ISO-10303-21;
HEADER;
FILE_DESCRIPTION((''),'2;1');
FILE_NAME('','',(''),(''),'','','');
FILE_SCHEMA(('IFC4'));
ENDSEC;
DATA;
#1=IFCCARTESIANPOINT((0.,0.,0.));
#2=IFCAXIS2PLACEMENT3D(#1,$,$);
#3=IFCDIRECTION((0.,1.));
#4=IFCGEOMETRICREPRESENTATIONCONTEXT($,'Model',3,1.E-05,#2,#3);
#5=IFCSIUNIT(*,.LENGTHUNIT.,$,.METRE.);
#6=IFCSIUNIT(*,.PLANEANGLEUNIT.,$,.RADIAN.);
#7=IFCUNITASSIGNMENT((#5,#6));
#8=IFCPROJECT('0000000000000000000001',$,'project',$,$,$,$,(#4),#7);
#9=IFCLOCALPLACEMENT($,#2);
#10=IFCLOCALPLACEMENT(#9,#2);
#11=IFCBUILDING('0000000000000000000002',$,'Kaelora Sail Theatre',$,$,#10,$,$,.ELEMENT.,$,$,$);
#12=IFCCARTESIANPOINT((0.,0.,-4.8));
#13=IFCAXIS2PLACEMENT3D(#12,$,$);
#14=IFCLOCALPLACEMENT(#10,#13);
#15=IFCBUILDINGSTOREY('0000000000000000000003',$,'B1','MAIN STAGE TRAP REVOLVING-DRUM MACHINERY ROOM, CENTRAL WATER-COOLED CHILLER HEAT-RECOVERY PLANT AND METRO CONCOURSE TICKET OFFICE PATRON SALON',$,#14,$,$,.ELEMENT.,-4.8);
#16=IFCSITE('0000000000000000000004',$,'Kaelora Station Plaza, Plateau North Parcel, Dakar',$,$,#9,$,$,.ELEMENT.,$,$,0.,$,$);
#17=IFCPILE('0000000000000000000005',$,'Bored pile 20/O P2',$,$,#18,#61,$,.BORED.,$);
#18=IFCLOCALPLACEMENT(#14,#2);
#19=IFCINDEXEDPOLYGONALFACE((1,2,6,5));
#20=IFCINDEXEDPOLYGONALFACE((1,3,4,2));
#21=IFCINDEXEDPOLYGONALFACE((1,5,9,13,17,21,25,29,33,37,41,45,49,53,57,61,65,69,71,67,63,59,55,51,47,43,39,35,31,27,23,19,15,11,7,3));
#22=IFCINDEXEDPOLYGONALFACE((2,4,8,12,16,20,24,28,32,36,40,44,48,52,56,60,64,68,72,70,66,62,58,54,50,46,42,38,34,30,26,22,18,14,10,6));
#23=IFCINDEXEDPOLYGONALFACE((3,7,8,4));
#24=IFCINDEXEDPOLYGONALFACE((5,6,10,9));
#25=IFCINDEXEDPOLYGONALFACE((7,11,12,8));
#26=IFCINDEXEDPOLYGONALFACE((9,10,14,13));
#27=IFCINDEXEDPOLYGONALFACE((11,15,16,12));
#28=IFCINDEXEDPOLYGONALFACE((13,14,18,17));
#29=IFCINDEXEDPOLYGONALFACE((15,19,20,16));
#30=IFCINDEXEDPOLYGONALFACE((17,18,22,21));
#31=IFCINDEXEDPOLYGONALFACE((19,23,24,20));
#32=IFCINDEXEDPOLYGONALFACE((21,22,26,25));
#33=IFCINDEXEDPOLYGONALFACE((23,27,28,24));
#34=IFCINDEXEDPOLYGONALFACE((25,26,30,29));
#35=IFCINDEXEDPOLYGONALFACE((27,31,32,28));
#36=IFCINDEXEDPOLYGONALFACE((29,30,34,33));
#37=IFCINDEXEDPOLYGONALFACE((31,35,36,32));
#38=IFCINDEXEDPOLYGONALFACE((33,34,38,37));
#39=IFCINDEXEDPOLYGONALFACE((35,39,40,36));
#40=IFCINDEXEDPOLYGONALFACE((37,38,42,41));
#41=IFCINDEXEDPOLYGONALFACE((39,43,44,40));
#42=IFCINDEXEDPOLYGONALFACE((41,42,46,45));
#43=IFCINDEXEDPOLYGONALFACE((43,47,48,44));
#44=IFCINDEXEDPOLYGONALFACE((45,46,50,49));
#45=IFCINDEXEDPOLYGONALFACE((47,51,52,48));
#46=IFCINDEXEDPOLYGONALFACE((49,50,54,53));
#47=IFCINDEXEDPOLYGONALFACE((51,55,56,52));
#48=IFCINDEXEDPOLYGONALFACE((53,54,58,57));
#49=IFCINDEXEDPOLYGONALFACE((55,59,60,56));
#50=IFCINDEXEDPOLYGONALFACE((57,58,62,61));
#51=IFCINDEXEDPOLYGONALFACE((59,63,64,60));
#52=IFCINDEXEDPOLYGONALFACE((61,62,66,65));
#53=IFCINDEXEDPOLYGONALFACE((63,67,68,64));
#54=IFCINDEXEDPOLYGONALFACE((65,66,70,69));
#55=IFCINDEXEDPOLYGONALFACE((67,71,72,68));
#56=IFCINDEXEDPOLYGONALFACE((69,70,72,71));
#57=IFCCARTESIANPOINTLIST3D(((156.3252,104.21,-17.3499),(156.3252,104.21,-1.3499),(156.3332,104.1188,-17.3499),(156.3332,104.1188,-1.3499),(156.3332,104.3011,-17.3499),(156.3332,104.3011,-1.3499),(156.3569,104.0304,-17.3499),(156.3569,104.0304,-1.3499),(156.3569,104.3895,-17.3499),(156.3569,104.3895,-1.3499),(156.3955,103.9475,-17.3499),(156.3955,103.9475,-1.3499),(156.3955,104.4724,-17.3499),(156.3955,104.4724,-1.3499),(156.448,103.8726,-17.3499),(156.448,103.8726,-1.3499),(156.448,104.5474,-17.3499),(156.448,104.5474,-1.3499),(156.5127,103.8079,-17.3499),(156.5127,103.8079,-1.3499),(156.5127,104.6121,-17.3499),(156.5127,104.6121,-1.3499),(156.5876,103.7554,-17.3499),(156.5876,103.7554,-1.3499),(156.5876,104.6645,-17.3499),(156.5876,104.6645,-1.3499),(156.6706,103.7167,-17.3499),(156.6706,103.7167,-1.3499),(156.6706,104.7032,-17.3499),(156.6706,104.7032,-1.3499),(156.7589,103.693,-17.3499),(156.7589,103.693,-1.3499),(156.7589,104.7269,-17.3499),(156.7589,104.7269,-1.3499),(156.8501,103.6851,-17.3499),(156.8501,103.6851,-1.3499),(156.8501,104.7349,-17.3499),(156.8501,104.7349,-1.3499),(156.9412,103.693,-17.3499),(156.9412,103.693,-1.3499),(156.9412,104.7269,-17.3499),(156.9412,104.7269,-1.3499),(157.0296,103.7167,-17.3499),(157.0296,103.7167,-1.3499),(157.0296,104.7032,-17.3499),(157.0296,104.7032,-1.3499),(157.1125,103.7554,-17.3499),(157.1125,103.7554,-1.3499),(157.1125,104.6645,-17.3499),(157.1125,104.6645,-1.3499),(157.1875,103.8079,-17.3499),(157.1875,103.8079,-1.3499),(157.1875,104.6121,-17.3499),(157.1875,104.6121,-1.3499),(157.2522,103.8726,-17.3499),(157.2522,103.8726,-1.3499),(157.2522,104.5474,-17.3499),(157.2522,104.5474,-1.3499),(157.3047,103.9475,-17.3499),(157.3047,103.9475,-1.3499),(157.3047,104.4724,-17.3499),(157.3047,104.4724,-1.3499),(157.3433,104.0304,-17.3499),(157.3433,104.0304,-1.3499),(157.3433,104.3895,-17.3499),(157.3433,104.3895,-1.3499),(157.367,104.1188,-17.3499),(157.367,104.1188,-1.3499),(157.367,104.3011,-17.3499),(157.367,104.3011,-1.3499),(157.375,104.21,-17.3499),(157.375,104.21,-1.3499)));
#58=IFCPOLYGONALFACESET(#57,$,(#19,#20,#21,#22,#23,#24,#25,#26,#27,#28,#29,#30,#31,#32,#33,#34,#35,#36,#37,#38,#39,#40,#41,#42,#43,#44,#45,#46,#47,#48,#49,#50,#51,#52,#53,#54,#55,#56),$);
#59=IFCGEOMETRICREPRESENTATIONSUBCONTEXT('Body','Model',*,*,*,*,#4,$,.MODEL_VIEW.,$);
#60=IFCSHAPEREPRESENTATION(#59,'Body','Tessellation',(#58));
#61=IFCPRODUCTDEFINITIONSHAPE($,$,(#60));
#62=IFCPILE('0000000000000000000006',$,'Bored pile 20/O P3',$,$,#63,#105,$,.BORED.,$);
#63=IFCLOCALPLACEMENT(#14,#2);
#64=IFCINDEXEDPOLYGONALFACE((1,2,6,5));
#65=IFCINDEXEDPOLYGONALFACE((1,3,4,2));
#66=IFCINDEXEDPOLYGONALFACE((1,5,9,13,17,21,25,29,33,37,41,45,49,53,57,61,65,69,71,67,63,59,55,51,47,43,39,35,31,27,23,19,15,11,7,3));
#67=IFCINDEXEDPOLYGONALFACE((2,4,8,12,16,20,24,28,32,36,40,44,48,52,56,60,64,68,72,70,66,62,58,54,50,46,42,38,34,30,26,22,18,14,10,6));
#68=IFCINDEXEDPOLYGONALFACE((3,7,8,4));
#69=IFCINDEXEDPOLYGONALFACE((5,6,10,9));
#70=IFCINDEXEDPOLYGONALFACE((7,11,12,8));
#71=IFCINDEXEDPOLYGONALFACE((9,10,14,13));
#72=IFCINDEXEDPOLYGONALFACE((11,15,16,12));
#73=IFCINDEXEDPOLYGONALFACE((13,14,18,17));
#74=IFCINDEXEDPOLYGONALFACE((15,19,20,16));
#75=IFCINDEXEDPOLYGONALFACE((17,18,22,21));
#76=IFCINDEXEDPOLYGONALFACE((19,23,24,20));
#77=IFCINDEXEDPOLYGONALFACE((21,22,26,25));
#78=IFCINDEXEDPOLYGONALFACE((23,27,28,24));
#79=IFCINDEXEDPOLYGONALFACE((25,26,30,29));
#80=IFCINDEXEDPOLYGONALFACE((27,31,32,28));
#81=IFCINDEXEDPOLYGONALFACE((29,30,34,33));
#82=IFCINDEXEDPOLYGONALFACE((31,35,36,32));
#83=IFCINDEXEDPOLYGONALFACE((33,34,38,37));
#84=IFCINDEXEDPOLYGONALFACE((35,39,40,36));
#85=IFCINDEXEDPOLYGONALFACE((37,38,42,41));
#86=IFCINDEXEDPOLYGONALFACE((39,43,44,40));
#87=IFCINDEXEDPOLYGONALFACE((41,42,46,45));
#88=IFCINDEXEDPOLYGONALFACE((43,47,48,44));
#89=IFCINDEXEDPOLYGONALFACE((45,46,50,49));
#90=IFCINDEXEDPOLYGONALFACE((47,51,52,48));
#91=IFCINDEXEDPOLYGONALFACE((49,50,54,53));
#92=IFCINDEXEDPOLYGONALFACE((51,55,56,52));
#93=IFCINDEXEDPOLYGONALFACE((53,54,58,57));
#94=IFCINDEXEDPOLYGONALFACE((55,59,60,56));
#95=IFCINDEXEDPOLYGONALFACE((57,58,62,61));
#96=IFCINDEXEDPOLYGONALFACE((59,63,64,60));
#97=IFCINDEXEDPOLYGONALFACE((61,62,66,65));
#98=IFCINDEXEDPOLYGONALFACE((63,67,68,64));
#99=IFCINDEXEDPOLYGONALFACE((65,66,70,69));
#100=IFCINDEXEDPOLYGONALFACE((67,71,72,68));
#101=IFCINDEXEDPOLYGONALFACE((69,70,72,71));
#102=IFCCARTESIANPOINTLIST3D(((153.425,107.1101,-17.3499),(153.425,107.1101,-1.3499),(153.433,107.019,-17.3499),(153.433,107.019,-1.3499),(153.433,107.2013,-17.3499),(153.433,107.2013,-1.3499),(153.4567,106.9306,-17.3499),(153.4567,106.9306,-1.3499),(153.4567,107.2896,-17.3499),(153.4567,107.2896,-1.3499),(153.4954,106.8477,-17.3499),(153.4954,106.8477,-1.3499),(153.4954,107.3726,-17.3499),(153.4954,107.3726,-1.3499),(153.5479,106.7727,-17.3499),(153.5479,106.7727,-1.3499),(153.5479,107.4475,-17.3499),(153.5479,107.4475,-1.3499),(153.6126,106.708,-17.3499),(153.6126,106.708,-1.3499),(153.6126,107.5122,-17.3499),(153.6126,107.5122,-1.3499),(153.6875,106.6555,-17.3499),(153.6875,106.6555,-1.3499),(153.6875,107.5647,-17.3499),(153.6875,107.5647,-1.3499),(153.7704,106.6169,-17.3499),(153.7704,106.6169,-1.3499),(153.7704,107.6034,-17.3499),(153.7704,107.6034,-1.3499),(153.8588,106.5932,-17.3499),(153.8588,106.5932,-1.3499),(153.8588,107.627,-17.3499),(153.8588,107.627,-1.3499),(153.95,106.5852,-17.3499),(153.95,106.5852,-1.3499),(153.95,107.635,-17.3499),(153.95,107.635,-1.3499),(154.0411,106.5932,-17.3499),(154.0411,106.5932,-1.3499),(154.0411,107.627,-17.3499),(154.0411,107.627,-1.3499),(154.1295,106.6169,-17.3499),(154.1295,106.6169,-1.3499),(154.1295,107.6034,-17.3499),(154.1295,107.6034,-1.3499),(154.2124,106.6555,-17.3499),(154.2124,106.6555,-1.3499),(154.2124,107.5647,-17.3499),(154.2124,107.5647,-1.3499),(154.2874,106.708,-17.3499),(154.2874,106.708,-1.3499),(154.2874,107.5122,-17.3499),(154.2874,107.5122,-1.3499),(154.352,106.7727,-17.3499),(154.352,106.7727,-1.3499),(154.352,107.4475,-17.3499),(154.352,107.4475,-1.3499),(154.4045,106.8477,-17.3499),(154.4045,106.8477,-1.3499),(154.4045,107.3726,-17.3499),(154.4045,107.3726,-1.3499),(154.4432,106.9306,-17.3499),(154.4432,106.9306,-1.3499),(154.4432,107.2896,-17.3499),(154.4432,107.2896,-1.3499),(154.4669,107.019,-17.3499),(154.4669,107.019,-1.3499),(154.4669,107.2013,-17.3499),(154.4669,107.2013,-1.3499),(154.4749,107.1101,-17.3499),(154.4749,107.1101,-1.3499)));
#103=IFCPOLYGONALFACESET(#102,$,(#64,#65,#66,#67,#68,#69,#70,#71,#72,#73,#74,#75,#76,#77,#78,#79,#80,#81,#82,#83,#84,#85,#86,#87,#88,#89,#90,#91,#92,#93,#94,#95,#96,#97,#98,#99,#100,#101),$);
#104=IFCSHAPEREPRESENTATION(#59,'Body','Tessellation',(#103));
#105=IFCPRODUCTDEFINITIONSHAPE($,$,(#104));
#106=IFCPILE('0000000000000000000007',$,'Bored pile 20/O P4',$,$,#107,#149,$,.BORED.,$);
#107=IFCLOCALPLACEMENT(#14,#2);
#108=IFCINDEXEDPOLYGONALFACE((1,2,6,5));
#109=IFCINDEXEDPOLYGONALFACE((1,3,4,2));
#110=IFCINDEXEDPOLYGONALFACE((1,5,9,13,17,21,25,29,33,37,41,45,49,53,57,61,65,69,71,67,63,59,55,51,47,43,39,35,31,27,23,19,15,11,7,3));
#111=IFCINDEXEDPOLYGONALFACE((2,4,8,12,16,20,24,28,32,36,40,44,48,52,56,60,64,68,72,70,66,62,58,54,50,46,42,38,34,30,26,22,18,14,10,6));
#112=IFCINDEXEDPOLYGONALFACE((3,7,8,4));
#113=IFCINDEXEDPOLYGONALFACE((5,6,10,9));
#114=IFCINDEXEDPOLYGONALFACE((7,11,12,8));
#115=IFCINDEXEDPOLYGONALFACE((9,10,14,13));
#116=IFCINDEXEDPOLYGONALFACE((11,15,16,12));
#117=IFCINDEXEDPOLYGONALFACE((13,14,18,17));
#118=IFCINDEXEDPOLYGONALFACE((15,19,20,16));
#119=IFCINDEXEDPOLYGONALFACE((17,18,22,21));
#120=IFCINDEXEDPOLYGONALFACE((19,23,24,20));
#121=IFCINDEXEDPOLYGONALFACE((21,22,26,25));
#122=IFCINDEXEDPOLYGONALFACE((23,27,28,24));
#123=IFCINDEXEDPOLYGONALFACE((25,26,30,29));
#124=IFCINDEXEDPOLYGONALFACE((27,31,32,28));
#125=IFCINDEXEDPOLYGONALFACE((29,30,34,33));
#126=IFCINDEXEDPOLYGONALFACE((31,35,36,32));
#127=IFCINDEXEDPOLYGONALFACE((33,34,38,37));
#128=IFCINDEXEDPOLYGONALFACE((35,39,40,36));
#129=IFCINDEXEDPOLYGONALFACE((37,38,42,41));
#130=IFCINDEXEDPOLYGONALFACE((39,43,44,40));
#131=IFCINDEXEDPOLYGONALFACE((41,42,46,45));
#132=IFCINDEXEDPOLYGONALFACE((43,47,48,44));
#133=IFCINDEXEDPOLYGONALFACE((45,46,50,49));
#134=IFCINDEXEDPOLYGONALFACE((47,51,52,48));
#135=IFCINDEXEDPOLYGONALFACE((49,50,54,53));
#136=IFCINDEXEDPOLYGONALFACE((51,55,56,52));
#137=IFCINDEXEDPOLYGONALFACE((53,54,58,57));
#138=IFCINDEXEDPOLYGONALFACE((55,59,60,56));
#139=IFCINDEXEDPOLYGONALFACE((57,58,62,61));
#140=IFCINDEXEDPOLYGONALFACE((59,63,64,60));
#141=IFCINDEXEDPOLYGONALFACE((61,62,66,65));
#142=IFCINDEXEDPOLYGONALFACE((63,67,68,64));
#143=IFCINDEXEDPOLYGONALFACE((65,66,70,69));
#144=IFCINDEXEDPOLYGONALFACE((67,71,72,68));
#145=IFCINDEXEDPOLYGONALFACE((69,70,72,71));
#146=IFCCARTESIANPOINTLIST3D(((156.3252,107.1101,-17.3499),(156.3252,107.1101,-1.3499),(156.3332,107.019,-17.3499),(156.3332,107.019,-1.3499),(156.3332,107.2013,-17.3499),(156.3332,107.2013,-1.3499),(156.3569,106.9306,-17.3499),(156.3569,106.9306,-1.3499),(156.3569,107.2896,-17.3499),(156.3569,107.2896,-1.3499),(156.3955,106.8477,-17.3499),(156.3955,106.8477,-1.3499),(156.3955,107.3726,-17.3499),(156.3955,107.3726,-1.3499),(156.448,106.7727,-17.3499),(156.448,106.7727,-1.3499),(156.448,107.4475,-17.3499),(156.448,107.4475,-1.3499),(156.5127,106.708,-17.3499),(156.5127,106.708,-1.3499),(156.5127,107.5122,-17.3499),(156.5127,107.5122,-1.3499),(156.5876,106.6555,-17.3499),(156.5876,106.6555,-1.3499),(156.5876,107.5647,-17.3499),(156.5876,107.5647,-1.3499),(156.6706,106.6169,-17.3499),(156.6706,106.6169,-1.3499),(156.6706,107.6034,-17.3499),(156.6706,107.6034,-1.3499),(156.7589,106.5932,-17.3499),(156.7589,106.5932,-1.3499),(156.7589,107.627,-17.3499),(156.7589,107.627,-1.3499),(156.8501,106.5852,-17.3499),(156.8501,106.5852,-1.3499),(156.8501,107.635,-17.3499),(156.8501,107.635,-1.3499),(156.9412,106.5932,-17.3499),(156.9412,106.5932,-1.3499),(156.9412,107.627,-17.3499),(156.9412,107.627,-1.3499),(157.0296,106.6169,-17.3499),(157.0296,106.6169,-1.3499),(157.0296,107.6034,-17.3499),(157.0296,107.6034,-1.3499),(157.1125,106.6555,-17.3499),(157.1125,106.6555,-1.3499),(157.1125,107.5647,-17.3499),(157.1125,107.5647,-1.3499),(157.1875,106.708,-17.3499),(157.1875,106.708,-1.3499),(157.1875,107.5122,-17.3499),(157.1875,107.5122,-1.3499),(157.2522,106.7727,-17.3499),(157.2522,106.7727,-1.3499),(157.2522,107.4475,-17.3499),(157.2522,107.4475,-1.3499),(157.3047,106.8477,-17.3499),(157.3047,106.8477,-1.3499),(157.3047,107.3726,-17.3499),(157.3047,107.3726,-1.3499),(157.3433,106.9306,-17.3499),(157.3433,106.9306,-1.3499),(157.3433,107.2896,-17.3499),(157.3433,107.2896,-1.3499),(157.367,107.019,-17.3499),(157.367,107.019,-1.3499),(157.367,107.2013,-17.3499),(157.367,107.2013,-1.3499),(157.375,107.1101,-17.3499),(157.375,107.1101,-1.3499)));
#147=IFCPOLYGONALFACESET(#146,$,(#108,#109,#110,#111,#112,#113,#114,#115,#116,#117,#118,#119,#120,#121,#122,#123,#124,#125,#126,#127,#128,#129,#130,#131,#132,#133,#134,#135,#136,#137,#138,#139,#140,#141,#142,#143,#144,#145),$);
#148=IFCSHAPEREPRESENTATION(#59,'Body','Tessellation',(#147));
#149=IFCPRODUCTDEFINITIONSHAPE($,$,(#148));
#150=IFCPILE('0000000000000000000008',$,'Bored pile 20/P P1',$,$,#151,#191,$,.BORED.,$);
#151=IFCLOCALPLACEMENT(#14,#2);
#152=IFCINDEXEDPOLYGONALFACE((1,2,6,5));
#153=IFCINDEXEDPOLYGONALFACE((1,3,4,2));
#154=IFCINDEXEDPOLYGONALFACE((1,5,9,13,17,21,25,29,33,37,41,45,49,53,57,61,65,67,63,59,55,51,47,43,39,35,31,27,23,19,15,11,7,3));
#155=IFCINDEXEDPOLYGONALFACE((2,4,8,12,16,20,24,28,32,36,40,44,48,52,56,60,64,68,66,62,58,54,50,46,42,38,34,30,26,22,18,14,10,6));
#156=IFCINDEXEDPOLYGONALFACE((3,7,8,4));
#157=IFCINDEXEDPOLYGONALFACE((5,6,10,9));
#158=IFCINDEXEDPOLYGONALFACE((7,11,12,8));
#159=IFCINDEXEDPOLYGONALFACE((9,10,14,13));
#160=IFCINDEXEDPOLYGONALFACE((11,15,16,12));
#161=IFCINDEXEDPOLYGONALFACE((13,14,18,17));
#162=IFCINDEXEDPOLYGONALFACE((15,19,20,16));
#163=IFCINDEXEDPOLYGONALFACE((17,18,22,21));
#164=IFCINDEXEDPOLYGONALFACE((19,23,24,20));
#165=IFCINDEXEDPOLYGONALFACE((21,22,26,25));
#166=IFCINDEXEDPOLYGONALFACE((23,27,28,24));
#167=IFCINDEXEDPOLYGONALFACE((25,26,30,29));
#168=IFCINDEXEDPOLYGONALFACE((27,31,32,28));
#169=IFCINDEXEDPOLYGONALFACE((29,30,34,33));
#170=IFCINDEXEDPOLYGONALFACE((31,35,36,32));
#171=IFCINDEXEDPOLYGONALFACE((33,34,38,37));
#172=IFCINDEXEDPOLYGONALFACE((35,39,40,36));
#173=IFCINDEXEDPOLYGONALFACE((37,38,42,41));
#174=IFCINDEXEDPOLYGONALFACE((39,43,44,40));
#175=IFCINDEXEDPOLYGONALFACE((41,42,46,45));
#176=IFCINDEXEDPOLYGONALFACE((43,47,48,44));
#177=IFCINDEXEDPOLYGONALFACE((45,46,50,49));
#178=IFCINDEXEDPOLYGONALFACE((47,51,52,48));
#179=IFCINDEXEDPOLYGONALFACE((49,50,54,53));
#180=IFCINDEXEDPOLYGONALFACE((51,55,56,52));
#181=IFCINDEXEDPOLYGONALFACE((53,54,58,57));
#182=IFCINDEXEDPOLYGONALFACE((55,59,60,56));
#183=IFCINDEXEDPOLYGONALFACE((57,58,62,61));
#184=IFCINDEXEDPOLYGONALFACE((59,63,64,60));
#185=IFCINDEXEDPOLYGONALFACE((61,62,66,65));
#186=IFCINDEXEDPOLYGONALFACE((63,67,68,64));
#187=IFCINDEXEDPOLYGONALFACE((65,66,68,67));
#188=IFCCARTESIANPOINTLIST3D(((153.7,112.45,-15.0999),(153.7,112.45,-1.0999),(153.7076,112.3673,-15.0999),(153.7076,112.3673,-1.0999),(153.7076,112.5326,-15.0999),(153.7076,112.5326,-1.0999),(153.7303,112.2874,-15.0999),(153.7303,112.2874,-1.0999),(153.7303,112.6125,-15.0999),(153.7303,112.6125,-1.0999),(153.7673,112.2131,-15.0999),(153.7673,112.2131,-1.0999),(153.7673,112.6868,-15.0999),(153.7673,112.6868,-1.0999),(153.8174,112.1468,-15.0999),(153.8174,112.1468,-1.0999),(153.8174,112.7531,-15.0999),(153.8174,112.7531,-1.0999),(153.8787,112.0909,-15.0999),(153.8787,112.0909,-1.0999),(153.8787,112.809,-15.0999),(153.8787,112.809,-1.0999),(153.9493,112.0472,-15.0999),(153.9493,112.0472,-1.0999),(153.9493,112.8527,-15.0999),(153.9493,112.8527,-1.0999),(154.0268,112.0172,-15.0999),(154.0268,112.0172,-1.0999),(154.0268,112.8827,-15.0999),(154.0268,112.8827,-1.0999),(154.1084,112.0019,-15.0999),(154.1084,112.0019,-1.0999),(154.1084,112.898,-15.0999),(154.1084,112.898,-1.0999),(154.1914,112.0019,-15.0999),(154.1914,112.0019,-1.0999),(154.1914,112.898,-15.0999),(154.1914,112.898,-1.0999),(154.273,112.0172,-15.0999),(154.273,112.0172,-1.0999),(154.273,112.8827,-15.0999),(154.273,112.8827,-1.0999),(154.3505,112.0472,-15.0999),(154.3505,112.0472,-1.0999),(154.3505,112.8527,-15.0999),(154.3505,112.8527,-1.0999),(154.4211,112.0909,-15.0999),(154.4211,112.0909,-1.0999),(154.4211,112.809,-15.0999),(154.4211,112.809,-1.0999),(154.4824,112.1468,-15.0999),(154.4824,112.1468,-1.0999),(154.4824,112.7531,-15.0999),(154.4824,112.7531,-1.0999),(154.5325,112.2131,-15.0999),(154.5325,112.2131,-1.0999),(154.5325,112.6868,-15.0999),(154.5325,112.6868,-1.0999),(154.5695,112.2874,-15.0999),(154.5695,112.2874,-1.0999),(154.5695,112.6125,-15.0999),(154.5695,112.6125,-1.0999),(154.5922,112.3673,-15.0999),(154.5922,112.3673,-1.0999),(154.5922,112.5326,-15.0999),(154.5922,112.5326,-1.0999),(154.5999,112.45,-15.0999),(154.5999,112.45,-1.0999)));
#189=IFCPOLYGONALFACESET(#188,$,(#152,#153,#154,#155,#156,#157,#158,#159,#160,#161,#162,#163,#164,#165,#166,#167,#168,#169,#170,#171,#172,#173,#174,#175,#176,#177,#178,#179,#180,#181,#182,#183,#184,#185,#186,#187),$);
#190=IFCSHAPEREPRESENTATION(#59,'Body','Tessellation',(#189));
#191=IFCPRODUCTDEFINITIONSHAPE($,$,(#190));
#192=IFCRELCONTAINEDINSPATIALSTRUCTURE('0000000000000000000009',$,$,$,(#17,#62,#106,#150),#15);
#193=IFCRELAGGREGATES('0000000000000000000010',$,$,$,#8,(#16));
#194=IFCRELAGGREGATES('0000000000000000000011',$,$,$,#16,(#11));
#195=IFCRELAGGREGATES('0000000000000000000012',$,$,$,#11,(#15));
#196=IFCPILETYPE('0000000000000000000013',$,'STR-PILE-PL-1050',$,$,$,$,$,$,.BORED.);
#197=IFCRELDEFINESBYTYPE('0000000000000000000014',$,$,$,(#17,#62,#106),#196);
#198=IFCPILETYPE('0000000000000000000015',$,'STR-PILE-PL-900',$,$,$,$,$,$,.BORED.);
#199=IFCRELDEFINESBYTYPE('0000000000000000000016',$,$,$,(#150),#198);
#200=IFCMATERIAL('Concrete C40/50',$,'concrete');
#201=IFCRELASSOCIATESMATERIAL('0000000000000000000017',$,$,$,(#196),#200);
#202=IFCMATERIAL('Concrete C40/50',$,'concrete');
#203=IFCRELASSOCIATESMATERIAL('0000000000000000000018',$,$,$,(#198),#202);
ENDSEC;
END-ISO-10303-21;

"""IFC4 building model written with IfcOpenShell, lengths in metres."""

from ifc_helpers import new_model, si_unit, direction, frame, origin, origin_2d, place, context, subcontext, project, spatial, circle, extrude, material, material_profile, profile_set, type_object, element, save


model = new_model("IFC4")

# Units and contexts
model_context = context("Model", 3, precision=1e-05, world=origin(), true_north=direction((0.0, 1.0)))
body_context = subcontext(model_context, "Body", "Model", "MODEL_VIEW")
ifc_project = project(units=[si_unit("LENGTHUNIT", "METRE"), si_unit("PLANEANGLEUNIT", "RADIAN")], contexts=[model_context])

# Site, building, storey
site_placement = place(None, origin())
site = spatial("IfcSite", under=ifc_project, at=site_placement, Name="Kaelora Station Plaza, Plateau North Parcel, Dakar", CompositionType="ELEMENT", RefElevation=0.0)
building_placement = place(site_placement, origin())
building = spatial("IfcBuilding", under=site, at=building_placement, Name="Kaelora Sail Theatre", CompositionType="ELEMENT")
storey_placement = place(building_placement, frame((0.0, 0.0, -4.8)))
storey = spatial("IfcBuildingStorey", under=building, at=storey_placement, Name="B1", Description="MAIN STAGE TRAP REVOLVING-DRUM MACHINERY ROOM, CENTRAL WATER-COOLED CHILLER HEAT-RECOVERY PLANT AND METRO CONCOURSE TICKET OFFICE PATRON SALON", CompositionType="ELEMENT", Elevation=-4.8)

# Piles
ifc_material_1 = material(Name="Concrete C40/50", Category="concrete")
ifc_material_profile_1 = material_profile(ifc_material_1, circle(Radius=0.5249, at=origin_2d()), Name="PILE D1050")
ifc_profile_set_1 = profile_set([ifc_material_profile_1], Name="Concrete C40/50")
pile_type_1 = type_object("IfcPileType", Name="STR-PILE-PL-1050", PredefinedType="BORED", material=ifc_profile_set_1)
for number, where, z_axis, x_axis, name in (
    (1, (156.8501, 104.21, -1.3499), (0.0, 0.0, -1.0), (1.0, 0.0, 0.0), "Bored pile 20/O P2"),
    (2, (153.95, 107.1101, -1.3499), (0.0, 0.0, -1.0), (1.0, 0.0, 0.0), "Bored pile 20/O P3"),
    (3, (156.8501, 107.1101, -1.3499), (0.0, 0.0, -1.0), (1.0, 0.0, 0.0), "Bored pile 20/O P4"),
):
    element("IfcPile", number, at=place(storey_placement, frame(where, z_axis=z_axis, x_axis=x_axis)), inside=storey, type_object=pile_type_1, Name=name, PredefinedType="BORED", context=body_context, shape_type="SweptSolid", body=[
        extrude(circle(Radius=0.5249, at=origin_2d()), origin(), (0.0, 0.0, 1.0), 16.0),
    ])
ifc_material_2 = material(Name="Concrete C40/50", Category="concrete")
ifc_material_profile_2 = material_profile(ifc_material_2, circle(Radius=0.45, at=origin_2d()), Name="PILE D900")
ifc_profile_set_2 = profile_set([ifc_material_profile_2], Name="Concrete C40/50")
pile_type_2 = type_object("IfcPileType", Name="STR-PILE-PL-900", PredefinedType="BORED", material=ifc_profile_set_2)
for number, where, z_axis, x_axis, name in (
    (4, (154.1499, 112.45, -1.0999), (0.0, 0.0, -1.0), (1.0, 0.0, 0.0), "Bored pile 20/P P1"),
):
    element("IfcPile", number, at=place(storey_placement, frame(where, z_axis=z_axis, x_axis=x_axis)), inside=storey, type_object=pile_type_2, Name=name, PredefinedType="BORED", context=body_context, shape_type="SweptSolid", body=[
        extrude(circle(Radius=0.45, at=origin_2d()), origin(), (0.0, 0.0, 1.0), 14.0),
    ])

save(model, "model.ifc")
